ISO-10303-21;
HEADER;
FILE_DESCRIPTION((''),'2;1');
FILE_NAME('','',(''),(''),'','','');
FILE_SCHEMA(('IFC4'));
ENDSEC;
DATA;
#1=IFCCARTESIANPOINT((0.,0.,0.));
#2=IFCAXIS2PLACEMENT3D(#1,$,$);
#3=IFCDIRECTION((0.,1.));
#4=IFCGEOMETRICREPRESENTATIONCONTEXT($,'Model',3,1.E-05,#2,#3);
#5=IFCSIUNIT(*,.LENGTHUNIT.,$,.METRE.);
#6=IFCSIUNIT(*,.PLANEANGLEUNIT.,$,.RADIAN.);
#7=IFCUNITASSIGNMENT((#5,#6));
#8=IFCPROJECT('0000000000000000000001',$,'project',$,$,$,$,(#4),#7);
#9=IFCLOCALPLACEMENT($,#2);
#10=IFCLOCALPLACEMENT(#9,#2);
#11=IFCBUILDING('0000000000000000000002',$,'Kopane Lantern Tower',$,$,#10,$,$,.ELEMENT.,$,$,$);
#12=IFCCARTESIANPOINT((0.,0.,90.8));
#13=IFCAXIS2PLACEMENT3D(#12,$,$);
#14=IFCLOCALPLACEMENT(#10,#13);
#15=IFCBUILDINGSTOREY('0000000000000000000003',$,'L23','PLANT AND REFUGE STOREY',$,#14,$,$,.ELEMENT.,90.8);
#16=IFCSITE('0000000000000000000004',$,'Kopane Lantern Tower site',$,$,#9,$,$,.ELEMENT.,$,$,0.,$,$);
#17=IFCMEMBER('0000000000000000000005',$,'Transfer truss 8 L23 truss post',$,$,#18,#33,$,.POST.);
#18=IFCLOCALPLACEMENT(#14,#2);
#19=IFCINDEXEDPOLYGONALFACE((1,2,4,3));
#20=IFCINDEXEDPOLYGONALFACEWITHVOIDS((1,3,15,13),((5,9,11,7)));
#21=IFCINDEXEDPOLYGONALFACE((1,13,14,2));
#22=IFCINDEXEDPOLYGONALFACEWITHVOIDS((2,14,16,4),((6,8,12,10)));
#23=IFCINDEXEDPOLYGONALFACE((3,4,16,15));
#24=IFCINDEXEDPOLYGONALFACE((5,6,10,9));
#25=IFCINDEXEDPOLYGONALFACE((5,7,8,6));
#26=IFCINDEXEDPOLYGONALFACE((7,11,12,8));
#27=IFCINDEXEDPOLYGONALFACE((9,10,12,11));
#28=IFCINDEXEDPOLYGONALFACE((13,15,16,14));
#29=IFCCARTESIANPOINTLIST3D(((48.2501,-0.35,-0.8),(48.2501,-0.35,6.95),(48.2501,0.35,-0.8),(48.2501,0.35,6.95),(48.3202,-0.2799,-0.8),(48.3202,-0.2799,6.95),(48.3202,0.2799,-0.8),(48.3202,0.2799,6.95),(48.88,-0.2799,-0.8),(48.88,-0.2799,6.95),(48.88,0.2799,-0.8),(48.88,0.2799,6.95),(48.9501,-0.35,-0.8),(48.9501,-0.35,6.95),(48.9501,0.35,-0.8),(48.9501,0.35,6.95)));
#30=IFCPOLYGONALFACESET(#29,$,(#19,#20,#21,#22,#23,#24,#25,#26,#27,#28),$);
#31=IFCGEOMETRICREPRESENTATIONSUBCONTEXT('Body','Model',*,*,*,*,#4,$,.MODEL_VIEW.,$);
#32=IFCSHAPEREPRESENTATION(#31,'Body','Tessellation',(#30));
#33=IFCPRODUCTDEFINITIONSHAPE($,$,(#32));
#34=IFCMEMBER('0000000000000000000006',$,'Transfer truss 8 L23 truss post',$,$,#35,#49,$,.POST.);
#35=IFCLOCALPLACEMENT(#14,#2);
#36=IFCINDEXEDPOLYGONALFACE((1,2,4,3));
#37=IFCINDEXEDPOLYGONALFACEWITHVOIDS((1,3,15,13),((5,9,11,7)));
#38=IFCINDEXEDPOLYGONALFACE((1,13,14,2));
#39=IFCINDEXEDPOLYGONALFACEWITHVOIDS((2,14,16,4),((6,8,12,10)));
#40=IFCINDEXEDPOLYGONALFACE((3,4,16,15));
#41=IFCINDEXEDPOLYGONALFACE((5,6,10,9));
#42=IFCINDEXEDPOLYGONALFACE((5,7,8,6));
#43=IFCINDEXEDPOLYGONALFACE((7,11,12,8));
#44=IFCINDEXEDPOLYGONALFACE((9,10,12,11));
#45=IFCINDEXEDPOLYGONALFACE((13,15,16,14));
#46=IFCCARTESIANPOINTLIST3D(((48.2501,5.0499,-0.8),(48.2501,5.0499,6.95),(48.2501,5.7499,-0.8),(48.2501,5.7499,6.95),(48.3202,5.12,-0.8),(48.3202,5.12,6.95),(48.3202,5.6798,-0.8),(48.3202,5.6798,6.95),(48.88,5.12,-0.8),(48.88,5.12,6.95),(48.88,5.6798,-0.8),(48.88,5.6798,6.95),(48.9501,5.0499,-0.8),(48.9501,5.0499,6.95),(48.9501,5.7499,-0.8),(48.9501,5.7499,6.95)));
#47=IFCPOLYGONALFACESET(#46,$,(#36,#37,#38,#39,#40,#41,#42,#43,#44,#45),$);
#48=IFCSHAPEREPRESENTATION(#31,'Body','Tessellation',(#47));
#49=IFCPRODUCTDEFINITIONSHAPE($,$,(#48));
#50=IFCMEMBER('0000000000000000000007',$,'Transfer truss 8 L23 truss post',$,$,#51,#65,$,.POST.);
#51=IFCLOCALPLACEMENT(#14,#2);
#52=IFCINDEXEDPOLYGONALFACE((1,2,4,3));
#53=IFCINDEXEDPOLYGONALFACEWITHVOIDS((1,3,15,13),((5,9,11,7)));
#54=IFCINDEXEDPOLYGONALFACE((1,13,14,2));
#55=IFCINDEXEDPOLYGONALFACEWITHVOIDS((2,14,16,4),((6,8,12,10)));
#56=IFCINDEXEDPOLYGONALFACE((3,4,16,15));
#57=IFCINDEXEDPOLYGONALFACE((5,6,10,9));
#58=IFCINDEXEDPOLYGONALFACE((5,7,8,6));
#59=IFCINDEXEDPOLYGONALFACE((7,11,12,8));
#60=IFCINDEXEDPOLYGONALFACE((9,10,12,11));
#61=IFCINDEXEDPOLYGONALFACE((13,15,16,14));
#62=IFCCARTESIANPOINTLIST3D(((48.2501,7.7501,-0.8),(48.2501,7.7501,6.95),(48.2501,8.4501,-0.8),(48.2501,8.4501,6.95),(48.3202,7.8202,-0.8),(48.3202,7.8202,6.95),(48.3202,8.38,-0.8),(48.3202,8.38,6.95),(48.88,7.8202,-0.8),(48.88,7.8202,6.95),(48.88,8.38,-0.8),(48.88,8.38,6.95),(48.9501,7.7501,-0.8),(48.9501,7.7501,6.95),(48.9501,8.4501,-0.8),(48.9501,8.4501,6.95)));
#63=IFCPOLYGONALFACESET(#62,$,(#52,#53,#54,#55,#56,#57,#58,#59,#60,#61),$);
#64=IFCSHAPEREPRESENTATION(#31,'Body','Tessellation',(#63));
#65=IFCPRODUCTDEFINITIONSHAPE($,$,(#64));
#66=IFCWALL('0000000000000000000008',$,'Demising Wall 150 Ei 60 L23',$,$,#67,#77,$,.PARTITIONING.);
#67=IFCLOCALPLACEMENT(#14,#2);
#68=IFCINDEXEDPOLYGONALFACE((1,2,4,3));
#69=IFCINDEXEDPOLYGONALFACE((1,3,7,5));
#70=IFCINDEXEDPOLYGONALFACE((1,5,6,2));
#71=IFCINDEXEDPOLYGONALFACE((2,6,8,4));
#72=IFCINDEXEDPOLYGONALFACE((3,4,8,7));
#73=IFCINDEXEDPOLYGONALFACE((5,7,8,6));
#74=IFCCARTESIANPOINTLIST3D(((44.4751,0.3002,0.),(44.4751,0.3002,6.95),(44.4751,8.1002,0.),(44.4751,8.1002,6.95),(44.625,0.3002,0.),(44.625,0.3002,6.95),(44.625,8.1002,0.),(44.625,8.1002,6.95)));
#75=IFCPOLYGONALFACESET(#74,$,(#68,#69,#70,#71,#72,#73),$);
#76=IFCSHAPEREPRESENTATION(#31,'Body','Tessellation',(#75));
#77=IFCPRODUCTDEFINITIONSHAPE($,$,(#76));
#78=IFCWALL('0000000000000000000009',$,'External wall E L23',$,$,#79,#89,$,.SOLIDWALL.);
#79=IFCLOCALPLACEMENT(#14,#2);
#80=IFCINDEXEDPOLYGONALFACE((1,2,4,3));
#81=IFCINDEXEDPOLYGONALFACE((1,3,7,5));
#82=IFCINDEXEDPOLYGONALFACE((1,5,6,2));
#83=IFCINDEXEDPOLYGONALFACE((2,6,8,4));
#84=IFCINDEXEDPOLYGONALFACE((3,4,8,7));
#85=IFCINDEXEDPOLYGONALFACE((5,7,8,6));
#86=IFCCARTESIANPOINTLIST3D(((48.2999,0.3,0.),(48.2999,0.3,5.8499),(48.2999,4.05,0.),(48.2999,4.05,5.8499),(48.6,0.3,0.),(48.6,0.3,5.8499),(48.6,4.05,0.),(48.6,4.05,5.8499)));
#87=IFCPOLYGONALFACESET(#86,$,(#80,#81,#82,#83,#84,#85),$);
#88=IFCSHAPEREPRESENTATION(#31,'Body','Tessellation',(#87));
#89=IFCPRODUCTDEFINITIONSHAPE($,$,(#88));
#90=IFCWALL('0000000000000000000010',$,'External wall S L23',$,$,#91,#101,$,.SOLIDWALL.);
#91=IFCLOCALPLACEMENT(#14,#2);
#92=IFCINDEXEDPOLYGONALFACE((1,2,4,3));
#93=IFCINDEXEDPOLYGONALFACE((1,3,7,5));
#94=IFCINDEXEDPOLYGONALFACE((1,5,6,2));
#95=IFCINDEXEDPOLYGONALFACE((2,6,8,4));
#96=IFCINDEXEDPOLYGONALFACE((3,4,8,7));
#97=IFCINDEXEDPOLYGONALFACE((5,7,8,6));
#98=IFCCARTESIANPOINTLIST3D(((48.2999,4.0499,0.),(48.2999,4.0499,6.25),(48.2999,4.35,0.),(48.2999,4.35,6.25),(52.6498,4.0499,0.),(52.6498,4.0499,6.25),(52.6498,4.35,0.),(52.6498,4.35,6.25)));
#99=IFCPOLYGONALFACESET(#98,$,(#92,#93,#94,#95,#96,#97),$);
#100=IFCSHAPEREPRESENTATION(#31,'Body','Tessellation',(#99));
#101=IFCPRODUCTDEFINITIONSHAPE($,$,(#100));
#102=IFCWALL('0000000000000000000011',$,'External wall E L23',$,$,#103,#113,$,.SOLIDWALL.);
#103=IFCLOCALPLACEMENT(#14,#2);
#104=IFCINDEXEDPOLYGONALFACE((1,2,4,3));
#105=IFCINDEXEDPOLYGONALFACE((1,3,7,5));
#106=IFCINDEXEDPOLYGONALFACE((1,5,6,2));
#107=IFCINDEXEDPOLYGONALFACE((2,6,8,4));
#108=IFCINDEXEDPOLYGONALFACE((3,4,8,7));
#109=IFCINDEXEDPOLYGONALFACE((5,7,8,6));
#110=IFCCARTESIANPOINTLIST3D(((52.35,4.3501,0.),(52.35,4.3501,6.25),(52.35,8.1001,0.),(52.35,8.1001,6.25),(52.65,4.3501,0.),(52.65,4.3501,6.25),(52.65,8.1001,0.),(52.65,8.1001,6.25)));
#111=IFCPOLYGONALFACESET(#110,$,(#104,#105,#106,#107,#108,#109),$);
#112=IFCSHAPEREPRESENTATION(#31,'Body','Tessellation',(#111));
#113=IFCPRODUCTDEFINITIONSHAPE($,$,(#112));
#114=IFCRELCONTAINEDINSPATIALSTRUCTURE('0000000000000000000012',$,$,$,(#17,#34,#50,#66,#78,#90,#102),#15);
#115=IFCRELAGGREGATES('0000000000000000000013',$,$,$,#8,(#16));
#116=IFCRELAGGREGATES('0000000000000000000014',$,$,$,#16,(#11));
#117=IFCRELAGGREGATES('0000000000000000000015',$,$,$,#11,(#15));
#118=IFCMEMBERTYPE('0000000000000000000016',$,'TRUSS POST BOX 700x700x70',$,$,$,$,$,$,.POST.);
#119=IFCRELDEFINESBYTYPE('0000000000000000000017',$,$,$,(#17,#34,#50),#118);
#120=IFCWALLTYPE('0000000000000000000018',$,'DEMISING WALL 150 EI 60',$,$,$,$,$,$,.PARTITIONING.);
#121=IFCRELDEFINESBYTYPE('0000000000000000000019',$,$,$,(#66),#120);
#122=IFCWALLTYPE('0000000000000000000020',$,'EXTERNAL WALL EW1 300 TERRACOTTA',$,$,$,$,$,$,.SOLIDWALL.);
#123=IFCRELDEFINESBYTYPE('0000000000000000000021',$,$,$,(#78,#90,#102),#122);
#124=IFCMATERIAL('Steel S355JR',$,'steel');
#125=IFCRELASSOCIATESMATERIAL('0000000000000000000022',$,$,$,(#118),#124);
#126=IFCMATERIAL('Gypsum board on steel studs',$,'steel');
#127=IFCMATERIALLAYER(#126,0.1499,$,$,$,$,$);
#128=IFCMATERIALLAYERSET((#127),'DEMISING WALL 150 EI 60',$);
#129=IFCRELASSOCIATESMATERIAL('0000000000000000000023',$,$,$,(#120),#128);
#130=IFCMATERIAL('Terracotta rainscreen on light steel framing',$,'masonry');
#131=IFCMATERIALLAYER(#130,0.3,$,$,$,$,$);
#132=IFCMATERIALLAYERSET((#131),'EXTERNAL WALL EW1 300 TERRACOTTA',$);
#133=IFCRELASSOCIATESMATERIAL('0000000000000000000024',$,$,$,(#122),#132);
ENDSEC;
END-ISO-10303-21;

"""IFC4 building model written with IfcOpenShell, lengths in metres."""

from ifc_helpers import new_model, si_unit, direction, frame, frame_2d, origin, origin_2d, place, context, subcontext, project, spatial, rectangle, hollow_rectangle, extrude, material, layer, layer_set, material_profile, profile_set, type_object, element, save


model = new_model("IFC4")

# Units and contexts
model_context = context("Model", 3, precision=1e-05, world=origin(), true_north=direction((0.0, 1.0)))
body_context = subcontext(model_context, "Body", "Model", "MODEL_VIEW")
ifc_project = project(units=[si_unit("LENGTHUNIT", "METRE"), si_unit("PLANEANGLEUNIT", "RADIAN")], contexts=[model_context])

# Site, building, storey
site_placement = place(None, origin())
site = spatial("IfcSite", under=ifc_project, at=site_placement, Name="Kopane Lantern Tower site", CompositionType="ELEMENT", RefElevation=0.0)
building_placement = place(site_placement, origin())
building = spatial("IfcBuilding", under=site, at=building_placement, Name="Kopane Lantern Tower", CompositionType="ELEMENT")
storey_placement = place(building_placement, frame((0.0, 0.0, 90.8)))
storey = spatial("IfcBuildingStorey", under=building, at=storey_placement, Name="L23", Description="PLANT AND REFUGE STOREY", CompositionType="ELEMENT", Elevation=90.8)

# Members
ifc_material_1 = material(Name="Steel S355JR", Category="steel")
ifc_material_profile_1 = material_profile(ifc_material_1, hollow_rectangle(XDim=0.7, YDim=0.7, WallThickness=0.0701, at=origin_2d()), Name="BOX 700x700x70")
ifc_profile_set_1 = profile_set([ifc_material_profile_1], Name="Steel S355JR")
member_type_1 = type_object("IfcMemberType", Name="TRUSS POST BOX 700x700x70", PredefinedType="POST", material=ifc_profile_set_1)
for number, where, z_axis, x_axis, name in (
    (1, (48.6001, 0.0, -0.8), (0.0, 0.0, 1.0), (1.0, 0.0, 0.0), "Transfer truss 8 L23 truss post"),
    (2, (48.6001, 5.3999, -0.8), (0.0, 0.0, 1.0), (1.0, 0.0, 0.0), "Transfer truss 8 L23 truss post"),
    (3, (48.6001, 8.1001, -0.8), (0.0, 0.0, 1.0), (1.0, 0.0, 0.0), "Transfer truss 8 L23 truss post"),
):
    element("IfcMember", number, at=place(storey_placement, frame(where, z_axis=z_axis, x_axis=x_axis)), inside=storey, type_object=member_type_1, Name=name, PredefinedType="POST", context=body_context, shape_type="SweptSolid", body=[
        extrude(hollow_rectangle(XDim=0.7, YDim=0.7, WallThickness=0.0701, at=origin_2d()), origin(), (0.0, 0.0, 1.0), 7.75),
    ])

# Walls
ifc_material_2 = material(Name="Gypsum board on steel studs", Category="steel")
ifc_layer_1 = layer(ifc_material_2, 0.1499)
ifc_layer_set_1 = layer_set([ifc_layer_1], Name="DEMISING WALL 150 EI 60")
wall_type_1 = type_object("IfcWallType", Name="DEMISING WALL 150 EI 60", PredefinedType="PARTITIONING", material=ifc_layer_set_1)
wall_1_placement = place(storey_placement, frame((44.55, 8.1001, 0.0), z_axis=(0.0, 0.0, 1.0), x_axis=(0.0, -1.0, 0.0)))
element("IfcWall", 4, at=wall_1_placement, inside=storey, type_object=wall_type_1, Name="Demising Wall 150 Ei 60 L23", PredefinedType="PARTITIONING", context=body_context, shape_type="SweptSolid", body=[
    extrude(rectangle(XDim=7.8, YDim=0.1499, at=frame_2d((3.8999, 0.0))), origin(), (0.0, 0.0, 1.0), 6.95),
])
ifc_material_3 = material(Name="Terracotta rainscreen on light steel framing", Category="masonry")
ifc_layer_2 = layer(ifc_material_3, 0.3)
ifc_layer_set_2 = layer_set([ifc_layer_2], Name="EXTERNAL WALL EW1 300 TERRACOTTA")
wall_type_2 = type_object("IfcWallType", Name="EXTERNAL WALL EW1 300 TERRACOTTA", PredefinedType="SOLIDWALL", material=ifc_layer_set_2)
wall_2_placement = place(storey_placement, frame((48.45, 0.3, 0.0), z_axis=(0.0, 0.0, 1.0), x_axis=(0.0, 1.0, 0.0)))
element("IfcWall", 5, at=wall_2_placement, inside=storey, type_object=wall_type_2, Name="External wall E L23", PredefinedType="SOLIDWALL", context=body_context, shape_type="SweptSolid", body=[
    extrude(rectangle(XDim=3.75, YDim=0.3, at=frame_2d((1.875, 0.0))), origin(), (0.0, 0.0, 1.0), 5.8499),
])
wall_3_placement = place(storey_placement, frame((48.3, 4.2, 0.0), z_axis=(0.0, 0.0, 1.0), x_axis=(1.0, 0.0, 0.0)))
element("IfcWall", 6, at=wall_3_placement, inside=storey, type_object=wall_type_2, Name="External wall S L23", PredefinedType="SOLIDWALL", context=body_context, shape_type="SweptSolid", body=[
    extrude(rectangle(XDim=4.3499, YDim=0.3, at=frame_2d((2.1748, 0.0))), origin(), (0.0, 0.0, 1.0), 6.25),
])
wall_4_placement = place(storey_placement, frame((52.5, 4.3501, 0.0), z_axis=(0.0, 0.0, 1.0), x_axis=(0.0, 1.0, 0.0)))
element("IfcWall", 7, at=wall_4_placement, inside=storey, type_object=wall_type_2, Name="External wall E L23", PredefinedType="SOLIDWALL", context=body_context, shape_type="SweptSolid", body=[
    extrude(rectangle(XDim=3.75, YDim=0.3, at=frame_2d((1.875, 0.0))), origin(), (0.0, 0.0, 1.0), 6.25),
])

save(model, "model.ifc")
